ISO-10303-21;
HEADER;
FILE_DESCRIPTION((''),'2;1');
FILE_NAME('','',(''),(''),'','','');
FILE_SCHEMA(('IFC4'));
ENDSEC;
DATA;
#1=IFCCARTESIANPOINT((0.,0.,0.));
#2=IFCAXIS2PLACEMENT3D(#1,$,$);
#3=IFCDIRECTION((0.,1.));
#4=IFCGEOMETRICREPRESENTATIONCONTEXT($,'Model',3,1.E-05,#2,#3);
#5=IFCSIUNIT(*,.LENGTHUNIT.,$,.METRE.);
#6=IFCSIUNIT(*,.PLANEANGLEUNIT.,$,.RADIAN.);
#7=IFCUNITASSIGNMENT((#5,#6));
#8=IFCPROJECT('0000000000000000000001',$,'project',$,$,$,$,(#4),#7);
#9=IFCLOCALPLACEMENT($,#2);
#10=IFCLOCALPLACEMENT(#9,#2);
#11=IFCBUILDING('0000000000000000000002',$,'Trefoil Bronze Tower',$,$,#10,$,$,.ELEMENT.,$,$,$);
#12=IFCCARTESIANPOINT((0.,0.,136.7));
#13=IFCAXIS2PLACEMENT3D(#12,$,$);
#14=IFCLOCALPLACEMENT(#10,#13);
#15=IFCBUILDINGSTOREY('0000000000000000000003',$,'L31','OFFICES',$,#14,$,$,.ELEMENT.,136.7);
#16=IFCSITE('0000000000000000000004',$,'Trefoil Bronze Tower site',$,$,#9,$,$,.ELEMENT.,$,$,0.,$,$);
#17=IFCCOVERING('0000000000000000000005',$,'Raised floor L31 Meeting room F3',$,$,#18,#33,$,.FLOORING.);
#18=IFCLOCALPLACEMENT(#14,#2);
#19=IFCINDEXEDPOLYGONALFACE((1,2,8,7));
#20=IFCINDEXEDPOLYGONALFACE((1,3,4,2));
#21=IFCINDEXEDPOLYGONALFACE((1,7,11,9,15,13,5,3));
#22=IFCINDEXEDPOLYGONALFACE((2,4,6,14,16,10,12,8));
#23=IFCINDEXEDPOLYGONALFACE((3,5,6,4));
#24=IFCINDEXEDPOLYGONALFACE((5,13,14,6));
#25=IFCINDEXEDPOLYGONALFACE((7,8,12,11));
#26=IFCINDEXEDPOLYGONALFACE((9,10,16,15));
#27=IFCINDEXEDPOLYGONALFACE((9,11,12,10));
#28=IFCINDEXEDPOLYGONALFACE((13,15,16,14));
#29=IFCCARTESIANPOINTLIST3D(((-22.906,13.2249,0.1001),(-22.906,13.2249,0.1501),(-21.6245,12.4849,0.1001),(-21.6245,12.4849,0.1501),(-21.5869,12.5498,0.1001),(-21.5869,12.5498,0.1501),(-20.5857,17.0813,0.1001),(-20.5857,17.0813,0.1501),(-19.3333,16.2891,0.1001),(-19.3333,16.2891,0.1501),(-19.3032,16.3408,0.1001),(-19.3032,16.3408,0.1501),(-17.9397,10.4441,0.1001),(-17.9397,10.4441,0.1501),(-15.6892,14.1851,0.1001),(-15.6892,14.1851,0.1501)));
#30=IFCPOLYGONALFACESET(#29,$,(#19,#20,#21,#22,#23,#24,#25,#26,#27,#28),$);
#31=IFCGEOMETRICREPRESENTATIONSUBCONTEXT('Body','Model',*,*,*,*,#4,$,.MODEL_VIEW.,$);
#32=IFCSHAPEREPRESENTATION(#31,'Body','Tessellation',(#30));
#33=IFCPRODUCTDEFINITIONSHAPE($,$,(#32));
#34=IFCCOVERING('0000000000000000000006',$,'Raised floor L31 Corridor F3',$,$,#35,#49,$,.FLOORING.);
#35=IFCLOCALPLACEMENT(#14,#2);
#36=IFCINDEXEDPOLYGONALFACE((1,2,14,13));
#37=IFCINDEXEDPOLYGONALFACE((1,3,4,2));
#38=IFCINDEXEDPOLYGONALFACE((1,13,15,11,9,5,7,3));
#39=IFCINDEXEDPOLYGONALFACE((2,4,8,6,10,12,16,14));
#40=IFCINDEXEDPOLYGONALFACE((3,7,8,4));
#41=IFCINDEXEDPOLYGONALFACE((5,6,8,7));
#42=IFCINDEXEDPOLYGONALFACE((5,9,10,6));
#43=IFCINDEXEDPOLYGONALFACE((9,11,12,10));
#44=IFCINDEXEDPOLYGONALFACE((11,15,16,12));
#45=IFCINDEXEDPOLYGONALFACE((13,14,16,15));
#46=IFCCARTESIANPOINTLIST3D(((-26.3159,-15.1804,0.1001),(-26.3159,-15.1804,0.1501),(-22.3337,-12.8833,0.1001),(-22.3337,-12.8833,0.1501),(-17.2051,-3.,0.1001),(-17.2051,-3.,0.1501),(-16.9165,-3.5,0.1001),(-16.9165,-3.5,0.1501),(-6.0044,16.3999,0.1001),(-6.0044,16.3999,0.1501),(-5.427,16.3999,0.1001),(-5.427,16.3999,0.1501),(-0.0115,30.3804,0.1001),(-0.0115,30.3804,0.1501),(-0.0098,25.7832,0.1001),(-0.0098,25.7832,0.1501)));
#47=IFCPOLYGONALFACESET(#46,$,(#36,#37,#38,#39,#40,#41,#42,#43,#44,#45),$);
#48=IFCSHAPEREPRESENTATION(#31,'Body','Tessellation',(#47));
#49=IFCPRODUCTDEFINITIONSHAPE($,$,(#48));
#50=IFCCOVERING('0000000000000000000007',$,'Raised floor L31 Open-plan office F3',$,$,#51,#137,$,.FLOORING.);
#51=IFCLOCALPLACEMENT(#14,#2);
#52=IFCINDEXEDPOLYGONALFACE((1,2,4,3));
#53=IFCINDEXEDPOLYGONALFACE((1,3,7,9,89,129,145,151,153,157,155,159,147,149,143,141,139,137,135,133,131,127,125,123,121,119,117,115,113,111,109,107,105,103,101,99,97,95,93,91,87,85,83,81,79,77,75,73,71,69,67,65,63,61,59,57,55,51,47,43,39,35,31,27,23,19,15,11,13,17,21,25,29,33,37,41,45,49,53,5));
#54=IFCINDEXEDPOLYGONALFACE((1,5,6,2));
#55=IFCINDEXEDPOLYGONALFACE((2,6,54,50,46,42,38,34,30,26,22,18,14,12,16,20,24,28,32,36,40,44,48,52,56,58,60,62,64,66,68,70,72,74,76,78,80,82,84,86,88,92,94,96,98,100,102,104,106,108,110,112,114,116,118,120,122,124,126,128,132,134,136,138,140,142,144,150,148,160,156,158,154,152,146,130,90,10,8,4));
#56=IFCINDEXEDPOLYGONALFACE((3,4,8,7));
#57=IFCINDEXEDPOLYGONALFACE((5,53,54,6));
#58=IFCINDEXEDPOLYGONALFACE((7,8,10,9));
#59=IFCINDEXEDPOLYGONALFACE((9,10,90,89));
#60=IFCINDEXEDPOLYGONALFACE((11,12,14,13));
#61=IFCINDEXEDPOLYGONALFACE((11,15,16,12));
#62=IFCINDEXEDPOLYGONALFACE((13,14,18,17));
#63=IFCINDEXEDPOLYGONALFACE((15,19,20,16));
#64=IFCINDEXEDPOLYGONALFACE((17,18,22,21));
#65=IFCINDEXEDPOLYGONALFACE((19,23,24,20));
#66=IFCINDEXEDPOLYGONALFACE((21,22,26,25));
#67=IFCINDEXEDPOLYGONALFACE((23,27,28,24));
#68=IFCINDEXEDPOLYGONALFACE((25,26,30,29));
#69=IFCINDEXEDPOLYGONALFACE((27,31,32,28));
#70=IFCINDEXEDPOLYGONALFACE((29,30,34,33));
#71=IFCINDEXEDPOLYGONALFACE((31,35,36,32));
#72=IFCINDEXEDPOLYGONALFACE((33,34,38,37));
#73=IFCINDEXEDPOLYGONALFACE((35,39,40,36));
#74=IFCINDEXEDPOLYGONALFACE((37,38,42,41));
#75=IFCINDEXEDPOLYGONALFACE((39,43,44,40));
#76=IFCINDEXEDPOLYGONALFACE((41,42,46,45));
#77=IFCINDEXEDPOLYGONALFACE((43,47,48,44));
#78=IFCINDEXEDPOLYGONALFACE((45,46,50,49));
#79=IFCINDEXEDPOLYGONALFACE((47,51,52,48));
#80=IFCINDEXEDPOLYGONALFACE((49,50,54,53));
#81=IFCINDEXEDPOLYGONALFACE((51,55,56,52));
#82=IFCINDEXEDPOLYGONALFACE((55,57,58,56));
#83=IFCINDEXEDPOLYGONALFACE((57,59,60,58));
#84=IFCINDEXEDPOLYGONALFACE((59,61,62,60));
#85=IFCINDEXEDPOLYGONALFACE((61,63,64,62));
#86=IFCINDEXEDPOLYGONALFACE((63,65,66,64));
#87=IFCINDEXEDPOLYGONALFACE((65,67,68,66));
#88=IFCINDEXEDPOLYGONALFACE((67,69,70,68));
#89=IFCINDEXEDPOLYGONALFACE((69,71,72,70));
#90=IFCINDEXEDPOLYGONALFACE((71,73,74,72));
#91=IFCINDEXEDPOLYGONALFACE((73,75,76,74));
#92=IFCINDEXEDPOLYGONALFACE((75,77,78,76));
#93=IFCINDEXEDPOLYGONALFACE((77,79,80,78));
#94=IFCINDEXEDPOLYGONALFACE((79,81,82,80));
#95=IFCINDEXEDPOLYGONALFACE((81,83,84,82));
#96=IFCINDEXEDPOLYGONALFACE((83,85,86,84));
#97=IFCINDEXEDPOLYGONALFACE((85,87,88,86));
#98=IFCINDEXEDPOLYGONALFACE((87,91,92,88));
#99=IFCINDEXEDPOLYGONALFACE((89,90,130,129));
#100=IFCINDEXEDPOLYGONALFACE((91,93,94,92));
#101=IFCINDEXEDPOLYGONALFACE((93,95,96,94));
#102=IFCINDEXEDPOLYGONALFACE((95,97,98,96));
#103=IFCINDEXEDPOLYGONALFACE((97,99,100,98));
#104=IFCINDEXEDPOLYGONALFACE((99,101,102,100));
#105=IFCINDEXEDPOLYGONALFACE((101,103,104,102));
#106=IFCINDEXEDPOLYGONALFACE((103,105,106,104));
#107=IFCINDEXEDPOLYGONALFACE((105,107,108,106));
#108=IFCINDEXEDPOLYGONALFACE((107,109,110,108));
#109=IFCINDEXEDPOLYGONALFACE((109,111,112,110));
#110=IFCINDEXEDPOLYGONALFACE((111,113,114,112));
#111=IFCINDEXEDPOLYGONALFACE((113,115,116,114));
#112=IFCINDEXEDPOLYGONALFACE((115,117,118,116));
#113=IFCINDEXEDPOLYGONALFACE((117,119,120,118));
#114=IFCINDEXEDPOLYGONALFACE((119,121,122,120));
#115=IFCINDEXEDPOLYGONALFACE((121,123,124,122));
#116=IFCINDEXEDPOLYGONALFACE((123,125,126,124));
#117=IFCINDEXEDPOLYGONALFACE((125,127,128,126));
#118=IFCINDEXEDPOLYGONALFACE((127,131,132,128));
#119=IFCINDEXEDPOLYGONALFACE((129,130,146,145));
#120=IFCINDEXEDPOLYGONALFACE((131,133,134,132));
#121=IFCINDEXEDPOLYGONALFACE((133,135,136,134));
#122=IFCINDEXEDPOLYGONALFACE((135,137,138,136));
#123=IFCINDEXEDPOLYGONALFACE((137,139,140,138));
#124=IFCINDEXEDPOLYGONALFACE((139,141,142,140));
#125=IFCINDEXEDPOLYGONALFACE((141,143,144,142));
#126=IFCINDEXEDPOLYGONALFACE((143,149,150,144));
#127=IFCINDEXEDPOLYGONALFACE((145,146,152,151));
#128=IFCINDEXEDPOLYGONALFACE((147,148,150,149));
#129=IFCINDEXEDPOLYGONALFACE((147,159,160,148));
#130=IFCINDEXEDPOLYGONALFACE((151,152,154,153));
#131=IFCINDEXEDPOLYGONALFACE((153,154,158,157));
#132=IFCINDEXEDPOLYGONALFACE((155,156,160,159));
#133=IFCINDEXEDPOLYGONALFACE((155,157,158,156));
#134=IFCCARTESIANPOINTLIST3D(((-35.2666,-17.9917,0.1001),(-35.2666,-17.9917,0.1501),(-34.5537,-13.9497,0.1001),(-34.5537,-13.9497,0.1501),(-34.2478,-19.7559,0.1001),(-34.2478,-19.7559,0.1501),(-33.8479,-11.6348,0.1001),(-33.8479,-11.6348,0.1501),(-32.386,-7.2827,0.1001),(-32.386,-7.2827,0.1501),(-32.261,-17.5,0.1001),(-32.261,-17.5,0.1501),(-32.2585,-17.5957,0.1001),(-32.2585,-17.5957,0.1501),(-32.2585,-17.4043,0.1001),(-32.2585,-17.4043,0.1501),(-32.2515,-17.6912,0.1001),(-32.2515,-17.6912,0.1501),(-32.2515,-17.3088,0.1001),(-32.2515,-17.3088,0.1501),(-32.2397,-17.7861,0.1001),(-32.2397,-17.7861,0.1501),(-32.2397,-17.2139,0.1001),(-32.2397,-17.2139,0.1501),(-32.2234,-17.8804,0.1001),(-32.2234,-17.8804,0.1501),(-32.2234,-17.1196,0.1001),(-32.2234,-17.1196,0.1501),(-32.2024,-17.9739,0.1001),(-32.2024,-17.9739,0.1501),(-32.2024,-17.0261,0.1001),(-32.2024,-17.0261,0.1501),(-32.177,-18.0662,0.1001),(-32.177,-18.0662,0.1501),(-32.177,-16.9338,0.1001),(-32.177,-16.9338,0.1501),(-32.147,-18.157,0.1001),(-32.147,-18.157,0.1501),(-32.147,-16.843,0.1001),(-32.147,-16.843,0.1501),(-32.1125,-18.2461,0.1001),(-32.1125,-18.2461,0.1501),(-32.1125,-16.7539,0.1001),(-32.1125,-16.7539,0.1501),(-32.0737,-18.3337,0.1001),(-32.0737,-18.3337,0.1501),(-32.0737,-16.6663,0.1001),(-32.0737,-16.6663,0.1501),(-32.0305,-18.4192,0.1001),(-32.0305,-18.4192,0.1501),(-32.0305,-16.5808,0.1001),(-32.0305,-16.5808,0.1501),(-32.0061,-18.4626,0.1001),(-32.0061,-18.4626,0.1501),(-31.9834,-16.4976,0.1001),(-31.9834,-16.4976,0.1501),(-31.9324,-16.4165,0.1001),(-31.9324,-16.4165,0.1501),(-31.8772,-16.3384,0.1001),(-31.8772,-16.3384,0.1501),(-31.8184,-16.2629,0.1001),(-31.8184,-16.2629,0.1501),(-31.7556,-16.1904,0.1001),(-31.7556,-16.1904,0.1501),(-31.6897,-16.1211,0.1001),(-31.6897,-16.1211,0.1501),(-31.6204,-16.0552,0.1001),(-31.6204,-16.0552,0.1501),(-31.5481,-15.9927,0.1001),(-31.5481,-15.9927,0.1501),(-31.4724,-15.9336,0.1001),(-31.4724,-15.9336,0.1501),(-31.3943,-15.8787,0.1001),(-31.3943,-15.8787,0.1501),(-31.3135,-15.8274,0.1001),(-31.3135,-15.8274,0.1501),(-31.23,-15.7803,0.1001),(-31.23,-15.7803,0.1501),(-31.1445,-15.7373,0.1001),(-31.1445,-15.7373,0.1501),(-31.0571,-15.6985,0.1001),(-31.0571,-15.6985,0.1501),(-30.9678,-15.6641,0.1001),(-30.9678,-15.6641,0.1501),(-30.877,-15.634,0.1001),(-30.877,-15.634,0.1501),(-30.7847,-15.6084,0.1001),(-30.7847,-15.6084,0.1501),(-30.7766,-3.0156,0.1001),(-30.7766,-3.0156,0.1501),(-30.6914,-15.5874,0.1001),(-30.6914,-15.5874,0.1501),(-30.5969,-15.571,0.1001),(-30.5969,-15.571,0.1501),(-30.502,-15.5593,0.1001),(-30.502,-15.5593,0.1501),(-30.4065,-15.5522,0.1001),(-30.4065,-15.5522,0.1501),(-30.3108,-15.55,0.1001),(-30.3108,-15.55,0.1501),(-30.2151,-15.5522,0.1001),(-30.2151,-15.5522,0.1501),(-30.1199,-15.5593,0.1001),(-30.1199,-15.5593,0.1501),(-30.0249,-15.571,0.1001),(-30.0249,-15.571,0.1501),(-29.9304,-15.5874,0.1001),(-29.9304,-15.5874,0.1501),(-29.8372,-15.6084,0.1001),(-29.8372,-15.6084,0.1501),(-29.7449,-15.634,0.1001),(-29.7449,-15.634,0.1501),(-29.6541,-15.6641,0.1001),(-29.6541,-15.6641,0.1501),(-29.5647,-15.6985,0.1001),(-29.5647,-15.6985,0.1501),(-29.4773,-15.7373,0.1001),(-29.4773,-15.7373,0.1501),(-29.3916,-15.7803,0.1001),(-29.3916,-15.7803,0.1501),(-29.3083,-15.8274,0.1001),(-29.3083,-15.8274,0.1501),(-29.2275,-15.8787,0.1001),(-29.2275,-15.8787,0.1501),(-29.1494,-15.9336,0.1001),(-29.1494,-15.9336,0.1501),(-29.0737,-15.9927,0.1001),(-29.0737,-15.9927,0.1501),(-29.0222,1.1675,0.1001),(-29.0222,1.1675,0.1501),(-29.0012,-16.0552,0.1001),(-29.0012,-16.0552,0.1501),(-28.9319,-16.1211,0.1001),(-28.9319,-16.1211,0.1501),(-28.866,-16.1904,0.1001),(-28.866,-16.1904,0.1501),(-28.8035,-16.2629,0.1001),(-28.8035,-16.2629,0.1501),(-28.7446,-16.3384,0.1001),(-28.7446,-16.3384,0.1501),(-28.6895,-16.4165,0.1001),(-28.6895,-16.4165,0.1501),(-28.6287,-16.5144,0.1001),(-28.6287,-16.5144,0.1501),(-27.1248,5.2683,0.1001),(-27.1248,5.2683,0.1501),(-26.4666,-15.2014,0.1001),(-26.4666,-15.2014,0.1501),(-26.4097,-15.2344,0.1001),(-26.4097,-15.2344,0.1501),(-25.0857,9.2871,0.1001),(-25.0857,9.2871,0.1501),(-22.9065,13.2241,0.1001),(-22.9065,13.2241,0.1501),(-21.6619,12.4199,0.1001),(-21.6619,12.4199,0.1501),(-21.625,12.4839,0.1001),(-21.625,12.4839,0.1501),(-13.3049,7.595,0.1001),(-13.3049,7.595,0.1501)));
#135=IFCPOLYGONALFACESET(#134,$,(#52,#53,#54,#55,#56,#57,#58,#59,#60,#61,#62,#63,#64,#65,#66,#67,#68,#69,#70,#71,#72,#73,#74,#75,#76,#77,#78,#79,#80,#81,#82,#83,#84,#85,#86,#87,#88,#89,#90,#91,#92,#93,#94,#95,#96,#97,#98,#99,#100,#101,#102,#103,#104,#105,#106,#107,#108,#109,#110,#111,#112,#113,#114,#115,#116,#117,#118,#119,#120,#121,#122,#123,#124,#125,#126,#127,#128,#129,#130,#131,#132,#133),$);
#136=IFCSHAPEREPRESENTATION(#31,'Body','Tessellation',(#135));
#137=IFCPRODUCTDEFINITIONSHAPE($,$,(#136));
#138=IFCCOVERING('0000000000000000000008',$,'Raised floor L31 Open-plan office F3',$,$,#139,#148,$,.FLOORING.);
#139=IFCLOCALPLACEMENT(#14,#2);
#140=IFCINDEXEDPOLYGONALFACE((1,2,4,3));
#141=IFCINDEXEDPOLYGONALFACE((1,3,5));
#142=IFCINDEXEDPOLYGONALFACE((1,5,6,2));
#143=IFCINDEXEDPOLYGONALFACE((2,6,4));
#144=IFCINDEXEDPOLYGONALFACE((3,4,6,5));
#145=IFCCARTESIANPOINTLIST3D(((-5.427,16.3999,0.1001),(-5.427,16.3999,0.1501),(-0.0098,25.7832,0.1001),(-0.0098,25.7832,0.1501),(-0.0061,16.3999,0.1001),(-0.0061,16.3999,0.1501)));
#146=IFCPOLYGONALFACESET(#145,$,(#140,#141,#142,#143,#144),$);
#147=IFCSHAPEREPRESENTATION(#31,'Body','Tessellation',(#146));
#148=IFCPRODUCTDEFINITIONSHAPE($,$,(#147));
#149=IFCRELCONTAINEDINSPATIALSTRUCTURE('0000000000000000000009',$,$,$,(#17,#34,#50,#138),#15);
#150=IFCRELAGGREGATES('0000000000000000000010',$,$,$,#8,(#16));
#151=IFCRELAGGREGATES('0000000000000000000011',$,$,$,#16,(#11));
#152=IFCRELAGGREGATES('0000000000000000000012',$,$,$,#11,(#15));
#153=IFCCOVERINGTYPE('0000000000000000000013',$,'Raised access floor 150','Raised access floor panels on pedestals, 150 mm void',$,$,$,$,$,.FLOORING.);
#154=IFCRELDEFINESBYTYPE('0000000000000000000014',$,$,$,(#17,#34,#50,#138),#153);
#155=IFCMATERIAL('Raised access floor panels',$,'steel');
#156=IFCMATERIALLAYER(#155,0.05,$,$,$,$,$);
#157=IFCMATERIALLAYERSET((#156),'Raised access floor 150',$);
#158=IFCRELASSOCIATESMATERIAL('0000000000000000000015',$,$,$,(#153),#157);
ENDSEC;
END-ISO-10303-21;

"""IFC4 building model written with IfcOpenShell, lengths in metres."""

from ifc_helpers import new_model, si_unit, direction, frame, origin, place, context, subcontext, project, spatial, polyline, outline, extrude, material, layer, layer_set, type_object, element, save


model = new_model("IFC4")

# Units and contexts
model_context = context("Model", 3, precision=1e-05, world=origin(), true_north=direction((0.0, 1.0)))
body_context = subcontext(model_context, "Body", "Model", "MODEL_VIEW")
ifc_project = project(units=[si_unit("LENGTHUNIT", "METRE"), si_unit("PLANEANGLEUNIT", "RADIAN")], contexts=[model_context])

# Site, building, storey
site_placement = place(None, origin())
site = spatial("IfcSite", under=ifc_project, at=site_placement, Name="Trefoil Bronze Tower site", CompositionType="ELEMENT", RefElevation=0.0)
building_placement = place(site_placement, origin())
building = spatial("IfcBuilding", under=site, at=building_placement, Name="Trefoil Bronze Tower", CompositionType="ELEMENT")
storey_placement = place(building_placement, frame((0.0, 0.0, 136.7)))
storey = spatial("IfcBuildingStorey", under=building, at=storey_placement, Name="L31", Description="OFFICES", CompositionType="ELEMENT", Elevation=136.7)

# Coverings
ifc_material_1 = material(Name="Raised access floor panels", Category="steel")
ifc_layer_1 = layer(ifc_material_1, 0.05)
ifc_layer_set_1 = layer_set([ifc_layer_1], Name="Raised access floor 150")
covering_type_1 = type_object("IfcCoveringType", Name="Raised access floor 150", Description="Raised access floor panels on pedestals, 150 mm void", PredefinedType="FLOORING", material=ifc_layer_set_1)
covering_1_placement = place(storey_placement, frame((0.0, 0.0, 0.1001)))
element("IfcCovering", 1, at=covering_1_placement, inside=storey, type_object=covering_type_1, Name="Raised floor L31 Meeting room F3", PredefinedType="FLOORING", context=body_context, shape_type="SweptSolid", body=[
    extrude(outline(polyline([(-22.906, 13.2249), (-20.5857, 17.0813), (-19.3032, 16.3408), (-19.3333, 16.2891), (-15.6892, 14.1851), (-17.9397, 10.4441), (-21.5869, 12.5498), (-21.6245, 12.4849), (-22.906, 13.2249)])), origin(), (0.0, 0.0, 1.0), 0.05),
])
covering_2_placement = place(storey_placement, frame((0.0, 0.0, 0.1001)))
element("IfcCovering", 2, at=covering_2_placement, inside=storey, type_object=covering_type_1, Name="Raised floor L31 Corridor F3", PredefinedType="FLOORING", context=body_context, shape_type="SweptSolid", body=[
    extrude(outline(polyline([(-0.0115, 30.3804), (-0.0098, 25.7832), (-5.427, 16.3999), (-6.0044, 16.3999), (-17.2051, -3.0), (-16.9165, -3.5), (-22.3337, -12.8833), (-26.3159, -15.1804), (-0.0115, 30.3804)])), origin(), (0.0, 0.0, 1.0), 0.05),
])
covering_3_placement = place(storey_placement, frame((0.0, 0.0, 0.1001)))
element("IfcCovering", 3, at=covering_3_placement, inside=storey, type_object=covering_type_1, Name="Raised floor L31 Open-plan office F3", PredefinedType="FLOORING", context=body_context, shape_type="SweptSolid", body=[
    extrude(outline(polyline([(-30.7766, -3.0156), (-29.0222, 1.1675), (-27.1248, 5.2683), (-25.0857, 9.2871), (-22.9065, 13.2241), (-21.625, 12.4839), (-21.6619, 12.4199), (-13.3049, 7.595), (-26.4666, -15.2014), (-26.4097, -15.2344), (-28.6287, -16.5144), (-28.6895, -16.4165), (-28.7446, -16.3384), (-28.8035, -16.2629), (-28.866, -16.1904), (-28.9319, -16.1211), (-29.0012, -16.0552), (-29.0737, -15.9927), (-29.1494, -15.9336), (-29.2275, -15.8787), (-29.3083, -15.8274), (-29.3916, -15.7803), (-29.4773, -15.7373), (-29.5647, -15.6985), (-29.6541, -15.6641), (-29.7449, -15.634), (-29.8372, -15.6084), (-29.9304, -15.5874), (-30.0249, -15.571), (-30.1199, -15.5593), (-30.2151, -15.5522), (-30.3108, -15.55), (-30.4065, -15.5522), (-30.502, -15.5593), (-30.5969, -15.571), (-30.6914, -15.5874), (-30.7847, -15.6084), (-30.877, -15.634), (-30.9678, -15.6641), (-31.0571, -15.6985), (-31.1445, -15.7373), (-31.23, -15.7803), (-31.3135, -15.8274), (-31.3943, -15.8787), (-31.4724, -15.9336), (-31.5481, -15.9927), (-31.6204, -16.0552), (-31.6897, -16.1211), (-31.7556, -16.1904), (-31.8184, -16.2629), (-31.8772, -16.3384), (-31.9324, -16.4165), (-31.9834, -16.4976), (-32.0305, -16.5808), (-32.0737, -16.6663), (-32.1125, -16.7539), (-32.147, -16.843), (-32.177, -16.9338), (-32.2024, -17.0261), (-32.2234, -17.1196), (-32.2397, -17.2139), (-32.2515, -17.3088), (-32.2585, -17.4043), (-32.261, -17.5), (-32.2585, -17.5957), (-32.2515, -17.6912), (-32.2397, -17.7861), (-32.2234, -17.8804), (-32.2024, -17.9739), (-32.177, -18.0662), (-32.147, -18.157), (-32.1125, -18.2461), (-32.0737, -18.3337), (-32.0305, -18.4192), (-32.0061, -18.4626), (-34.2478, -19.7559), (-35.2666, -17.9917), (-34.5537, -13.9497), (-33.8479, -11.6348), (-32.386, -7.2827), (-30.7766, -3.0156)])), origin(), (0.0, 0.0, 1.0), 0.05),
])
covering_4_placement = place(storey_placement, frame((0.0, 0.0, 0.1001)))
element("IfcCovering", 4, at=covering_4_placement, inside=storey, type_object=covering_type_1, Name="Raised floor L31 Open-plan office F3", PredefinedType="FLOORING", context=body_context, shape_type="SweptSolid", body=[
    extrude(outline(polyline([(-0.0098, 25.7832), (-0.0061, 16.3999), (-5.427, 16.3999), (-0.0098, 25.7832)])), origin(), (0.0, 0.0, 1.0), 0.05),
])

save(model, "model.ifc")
